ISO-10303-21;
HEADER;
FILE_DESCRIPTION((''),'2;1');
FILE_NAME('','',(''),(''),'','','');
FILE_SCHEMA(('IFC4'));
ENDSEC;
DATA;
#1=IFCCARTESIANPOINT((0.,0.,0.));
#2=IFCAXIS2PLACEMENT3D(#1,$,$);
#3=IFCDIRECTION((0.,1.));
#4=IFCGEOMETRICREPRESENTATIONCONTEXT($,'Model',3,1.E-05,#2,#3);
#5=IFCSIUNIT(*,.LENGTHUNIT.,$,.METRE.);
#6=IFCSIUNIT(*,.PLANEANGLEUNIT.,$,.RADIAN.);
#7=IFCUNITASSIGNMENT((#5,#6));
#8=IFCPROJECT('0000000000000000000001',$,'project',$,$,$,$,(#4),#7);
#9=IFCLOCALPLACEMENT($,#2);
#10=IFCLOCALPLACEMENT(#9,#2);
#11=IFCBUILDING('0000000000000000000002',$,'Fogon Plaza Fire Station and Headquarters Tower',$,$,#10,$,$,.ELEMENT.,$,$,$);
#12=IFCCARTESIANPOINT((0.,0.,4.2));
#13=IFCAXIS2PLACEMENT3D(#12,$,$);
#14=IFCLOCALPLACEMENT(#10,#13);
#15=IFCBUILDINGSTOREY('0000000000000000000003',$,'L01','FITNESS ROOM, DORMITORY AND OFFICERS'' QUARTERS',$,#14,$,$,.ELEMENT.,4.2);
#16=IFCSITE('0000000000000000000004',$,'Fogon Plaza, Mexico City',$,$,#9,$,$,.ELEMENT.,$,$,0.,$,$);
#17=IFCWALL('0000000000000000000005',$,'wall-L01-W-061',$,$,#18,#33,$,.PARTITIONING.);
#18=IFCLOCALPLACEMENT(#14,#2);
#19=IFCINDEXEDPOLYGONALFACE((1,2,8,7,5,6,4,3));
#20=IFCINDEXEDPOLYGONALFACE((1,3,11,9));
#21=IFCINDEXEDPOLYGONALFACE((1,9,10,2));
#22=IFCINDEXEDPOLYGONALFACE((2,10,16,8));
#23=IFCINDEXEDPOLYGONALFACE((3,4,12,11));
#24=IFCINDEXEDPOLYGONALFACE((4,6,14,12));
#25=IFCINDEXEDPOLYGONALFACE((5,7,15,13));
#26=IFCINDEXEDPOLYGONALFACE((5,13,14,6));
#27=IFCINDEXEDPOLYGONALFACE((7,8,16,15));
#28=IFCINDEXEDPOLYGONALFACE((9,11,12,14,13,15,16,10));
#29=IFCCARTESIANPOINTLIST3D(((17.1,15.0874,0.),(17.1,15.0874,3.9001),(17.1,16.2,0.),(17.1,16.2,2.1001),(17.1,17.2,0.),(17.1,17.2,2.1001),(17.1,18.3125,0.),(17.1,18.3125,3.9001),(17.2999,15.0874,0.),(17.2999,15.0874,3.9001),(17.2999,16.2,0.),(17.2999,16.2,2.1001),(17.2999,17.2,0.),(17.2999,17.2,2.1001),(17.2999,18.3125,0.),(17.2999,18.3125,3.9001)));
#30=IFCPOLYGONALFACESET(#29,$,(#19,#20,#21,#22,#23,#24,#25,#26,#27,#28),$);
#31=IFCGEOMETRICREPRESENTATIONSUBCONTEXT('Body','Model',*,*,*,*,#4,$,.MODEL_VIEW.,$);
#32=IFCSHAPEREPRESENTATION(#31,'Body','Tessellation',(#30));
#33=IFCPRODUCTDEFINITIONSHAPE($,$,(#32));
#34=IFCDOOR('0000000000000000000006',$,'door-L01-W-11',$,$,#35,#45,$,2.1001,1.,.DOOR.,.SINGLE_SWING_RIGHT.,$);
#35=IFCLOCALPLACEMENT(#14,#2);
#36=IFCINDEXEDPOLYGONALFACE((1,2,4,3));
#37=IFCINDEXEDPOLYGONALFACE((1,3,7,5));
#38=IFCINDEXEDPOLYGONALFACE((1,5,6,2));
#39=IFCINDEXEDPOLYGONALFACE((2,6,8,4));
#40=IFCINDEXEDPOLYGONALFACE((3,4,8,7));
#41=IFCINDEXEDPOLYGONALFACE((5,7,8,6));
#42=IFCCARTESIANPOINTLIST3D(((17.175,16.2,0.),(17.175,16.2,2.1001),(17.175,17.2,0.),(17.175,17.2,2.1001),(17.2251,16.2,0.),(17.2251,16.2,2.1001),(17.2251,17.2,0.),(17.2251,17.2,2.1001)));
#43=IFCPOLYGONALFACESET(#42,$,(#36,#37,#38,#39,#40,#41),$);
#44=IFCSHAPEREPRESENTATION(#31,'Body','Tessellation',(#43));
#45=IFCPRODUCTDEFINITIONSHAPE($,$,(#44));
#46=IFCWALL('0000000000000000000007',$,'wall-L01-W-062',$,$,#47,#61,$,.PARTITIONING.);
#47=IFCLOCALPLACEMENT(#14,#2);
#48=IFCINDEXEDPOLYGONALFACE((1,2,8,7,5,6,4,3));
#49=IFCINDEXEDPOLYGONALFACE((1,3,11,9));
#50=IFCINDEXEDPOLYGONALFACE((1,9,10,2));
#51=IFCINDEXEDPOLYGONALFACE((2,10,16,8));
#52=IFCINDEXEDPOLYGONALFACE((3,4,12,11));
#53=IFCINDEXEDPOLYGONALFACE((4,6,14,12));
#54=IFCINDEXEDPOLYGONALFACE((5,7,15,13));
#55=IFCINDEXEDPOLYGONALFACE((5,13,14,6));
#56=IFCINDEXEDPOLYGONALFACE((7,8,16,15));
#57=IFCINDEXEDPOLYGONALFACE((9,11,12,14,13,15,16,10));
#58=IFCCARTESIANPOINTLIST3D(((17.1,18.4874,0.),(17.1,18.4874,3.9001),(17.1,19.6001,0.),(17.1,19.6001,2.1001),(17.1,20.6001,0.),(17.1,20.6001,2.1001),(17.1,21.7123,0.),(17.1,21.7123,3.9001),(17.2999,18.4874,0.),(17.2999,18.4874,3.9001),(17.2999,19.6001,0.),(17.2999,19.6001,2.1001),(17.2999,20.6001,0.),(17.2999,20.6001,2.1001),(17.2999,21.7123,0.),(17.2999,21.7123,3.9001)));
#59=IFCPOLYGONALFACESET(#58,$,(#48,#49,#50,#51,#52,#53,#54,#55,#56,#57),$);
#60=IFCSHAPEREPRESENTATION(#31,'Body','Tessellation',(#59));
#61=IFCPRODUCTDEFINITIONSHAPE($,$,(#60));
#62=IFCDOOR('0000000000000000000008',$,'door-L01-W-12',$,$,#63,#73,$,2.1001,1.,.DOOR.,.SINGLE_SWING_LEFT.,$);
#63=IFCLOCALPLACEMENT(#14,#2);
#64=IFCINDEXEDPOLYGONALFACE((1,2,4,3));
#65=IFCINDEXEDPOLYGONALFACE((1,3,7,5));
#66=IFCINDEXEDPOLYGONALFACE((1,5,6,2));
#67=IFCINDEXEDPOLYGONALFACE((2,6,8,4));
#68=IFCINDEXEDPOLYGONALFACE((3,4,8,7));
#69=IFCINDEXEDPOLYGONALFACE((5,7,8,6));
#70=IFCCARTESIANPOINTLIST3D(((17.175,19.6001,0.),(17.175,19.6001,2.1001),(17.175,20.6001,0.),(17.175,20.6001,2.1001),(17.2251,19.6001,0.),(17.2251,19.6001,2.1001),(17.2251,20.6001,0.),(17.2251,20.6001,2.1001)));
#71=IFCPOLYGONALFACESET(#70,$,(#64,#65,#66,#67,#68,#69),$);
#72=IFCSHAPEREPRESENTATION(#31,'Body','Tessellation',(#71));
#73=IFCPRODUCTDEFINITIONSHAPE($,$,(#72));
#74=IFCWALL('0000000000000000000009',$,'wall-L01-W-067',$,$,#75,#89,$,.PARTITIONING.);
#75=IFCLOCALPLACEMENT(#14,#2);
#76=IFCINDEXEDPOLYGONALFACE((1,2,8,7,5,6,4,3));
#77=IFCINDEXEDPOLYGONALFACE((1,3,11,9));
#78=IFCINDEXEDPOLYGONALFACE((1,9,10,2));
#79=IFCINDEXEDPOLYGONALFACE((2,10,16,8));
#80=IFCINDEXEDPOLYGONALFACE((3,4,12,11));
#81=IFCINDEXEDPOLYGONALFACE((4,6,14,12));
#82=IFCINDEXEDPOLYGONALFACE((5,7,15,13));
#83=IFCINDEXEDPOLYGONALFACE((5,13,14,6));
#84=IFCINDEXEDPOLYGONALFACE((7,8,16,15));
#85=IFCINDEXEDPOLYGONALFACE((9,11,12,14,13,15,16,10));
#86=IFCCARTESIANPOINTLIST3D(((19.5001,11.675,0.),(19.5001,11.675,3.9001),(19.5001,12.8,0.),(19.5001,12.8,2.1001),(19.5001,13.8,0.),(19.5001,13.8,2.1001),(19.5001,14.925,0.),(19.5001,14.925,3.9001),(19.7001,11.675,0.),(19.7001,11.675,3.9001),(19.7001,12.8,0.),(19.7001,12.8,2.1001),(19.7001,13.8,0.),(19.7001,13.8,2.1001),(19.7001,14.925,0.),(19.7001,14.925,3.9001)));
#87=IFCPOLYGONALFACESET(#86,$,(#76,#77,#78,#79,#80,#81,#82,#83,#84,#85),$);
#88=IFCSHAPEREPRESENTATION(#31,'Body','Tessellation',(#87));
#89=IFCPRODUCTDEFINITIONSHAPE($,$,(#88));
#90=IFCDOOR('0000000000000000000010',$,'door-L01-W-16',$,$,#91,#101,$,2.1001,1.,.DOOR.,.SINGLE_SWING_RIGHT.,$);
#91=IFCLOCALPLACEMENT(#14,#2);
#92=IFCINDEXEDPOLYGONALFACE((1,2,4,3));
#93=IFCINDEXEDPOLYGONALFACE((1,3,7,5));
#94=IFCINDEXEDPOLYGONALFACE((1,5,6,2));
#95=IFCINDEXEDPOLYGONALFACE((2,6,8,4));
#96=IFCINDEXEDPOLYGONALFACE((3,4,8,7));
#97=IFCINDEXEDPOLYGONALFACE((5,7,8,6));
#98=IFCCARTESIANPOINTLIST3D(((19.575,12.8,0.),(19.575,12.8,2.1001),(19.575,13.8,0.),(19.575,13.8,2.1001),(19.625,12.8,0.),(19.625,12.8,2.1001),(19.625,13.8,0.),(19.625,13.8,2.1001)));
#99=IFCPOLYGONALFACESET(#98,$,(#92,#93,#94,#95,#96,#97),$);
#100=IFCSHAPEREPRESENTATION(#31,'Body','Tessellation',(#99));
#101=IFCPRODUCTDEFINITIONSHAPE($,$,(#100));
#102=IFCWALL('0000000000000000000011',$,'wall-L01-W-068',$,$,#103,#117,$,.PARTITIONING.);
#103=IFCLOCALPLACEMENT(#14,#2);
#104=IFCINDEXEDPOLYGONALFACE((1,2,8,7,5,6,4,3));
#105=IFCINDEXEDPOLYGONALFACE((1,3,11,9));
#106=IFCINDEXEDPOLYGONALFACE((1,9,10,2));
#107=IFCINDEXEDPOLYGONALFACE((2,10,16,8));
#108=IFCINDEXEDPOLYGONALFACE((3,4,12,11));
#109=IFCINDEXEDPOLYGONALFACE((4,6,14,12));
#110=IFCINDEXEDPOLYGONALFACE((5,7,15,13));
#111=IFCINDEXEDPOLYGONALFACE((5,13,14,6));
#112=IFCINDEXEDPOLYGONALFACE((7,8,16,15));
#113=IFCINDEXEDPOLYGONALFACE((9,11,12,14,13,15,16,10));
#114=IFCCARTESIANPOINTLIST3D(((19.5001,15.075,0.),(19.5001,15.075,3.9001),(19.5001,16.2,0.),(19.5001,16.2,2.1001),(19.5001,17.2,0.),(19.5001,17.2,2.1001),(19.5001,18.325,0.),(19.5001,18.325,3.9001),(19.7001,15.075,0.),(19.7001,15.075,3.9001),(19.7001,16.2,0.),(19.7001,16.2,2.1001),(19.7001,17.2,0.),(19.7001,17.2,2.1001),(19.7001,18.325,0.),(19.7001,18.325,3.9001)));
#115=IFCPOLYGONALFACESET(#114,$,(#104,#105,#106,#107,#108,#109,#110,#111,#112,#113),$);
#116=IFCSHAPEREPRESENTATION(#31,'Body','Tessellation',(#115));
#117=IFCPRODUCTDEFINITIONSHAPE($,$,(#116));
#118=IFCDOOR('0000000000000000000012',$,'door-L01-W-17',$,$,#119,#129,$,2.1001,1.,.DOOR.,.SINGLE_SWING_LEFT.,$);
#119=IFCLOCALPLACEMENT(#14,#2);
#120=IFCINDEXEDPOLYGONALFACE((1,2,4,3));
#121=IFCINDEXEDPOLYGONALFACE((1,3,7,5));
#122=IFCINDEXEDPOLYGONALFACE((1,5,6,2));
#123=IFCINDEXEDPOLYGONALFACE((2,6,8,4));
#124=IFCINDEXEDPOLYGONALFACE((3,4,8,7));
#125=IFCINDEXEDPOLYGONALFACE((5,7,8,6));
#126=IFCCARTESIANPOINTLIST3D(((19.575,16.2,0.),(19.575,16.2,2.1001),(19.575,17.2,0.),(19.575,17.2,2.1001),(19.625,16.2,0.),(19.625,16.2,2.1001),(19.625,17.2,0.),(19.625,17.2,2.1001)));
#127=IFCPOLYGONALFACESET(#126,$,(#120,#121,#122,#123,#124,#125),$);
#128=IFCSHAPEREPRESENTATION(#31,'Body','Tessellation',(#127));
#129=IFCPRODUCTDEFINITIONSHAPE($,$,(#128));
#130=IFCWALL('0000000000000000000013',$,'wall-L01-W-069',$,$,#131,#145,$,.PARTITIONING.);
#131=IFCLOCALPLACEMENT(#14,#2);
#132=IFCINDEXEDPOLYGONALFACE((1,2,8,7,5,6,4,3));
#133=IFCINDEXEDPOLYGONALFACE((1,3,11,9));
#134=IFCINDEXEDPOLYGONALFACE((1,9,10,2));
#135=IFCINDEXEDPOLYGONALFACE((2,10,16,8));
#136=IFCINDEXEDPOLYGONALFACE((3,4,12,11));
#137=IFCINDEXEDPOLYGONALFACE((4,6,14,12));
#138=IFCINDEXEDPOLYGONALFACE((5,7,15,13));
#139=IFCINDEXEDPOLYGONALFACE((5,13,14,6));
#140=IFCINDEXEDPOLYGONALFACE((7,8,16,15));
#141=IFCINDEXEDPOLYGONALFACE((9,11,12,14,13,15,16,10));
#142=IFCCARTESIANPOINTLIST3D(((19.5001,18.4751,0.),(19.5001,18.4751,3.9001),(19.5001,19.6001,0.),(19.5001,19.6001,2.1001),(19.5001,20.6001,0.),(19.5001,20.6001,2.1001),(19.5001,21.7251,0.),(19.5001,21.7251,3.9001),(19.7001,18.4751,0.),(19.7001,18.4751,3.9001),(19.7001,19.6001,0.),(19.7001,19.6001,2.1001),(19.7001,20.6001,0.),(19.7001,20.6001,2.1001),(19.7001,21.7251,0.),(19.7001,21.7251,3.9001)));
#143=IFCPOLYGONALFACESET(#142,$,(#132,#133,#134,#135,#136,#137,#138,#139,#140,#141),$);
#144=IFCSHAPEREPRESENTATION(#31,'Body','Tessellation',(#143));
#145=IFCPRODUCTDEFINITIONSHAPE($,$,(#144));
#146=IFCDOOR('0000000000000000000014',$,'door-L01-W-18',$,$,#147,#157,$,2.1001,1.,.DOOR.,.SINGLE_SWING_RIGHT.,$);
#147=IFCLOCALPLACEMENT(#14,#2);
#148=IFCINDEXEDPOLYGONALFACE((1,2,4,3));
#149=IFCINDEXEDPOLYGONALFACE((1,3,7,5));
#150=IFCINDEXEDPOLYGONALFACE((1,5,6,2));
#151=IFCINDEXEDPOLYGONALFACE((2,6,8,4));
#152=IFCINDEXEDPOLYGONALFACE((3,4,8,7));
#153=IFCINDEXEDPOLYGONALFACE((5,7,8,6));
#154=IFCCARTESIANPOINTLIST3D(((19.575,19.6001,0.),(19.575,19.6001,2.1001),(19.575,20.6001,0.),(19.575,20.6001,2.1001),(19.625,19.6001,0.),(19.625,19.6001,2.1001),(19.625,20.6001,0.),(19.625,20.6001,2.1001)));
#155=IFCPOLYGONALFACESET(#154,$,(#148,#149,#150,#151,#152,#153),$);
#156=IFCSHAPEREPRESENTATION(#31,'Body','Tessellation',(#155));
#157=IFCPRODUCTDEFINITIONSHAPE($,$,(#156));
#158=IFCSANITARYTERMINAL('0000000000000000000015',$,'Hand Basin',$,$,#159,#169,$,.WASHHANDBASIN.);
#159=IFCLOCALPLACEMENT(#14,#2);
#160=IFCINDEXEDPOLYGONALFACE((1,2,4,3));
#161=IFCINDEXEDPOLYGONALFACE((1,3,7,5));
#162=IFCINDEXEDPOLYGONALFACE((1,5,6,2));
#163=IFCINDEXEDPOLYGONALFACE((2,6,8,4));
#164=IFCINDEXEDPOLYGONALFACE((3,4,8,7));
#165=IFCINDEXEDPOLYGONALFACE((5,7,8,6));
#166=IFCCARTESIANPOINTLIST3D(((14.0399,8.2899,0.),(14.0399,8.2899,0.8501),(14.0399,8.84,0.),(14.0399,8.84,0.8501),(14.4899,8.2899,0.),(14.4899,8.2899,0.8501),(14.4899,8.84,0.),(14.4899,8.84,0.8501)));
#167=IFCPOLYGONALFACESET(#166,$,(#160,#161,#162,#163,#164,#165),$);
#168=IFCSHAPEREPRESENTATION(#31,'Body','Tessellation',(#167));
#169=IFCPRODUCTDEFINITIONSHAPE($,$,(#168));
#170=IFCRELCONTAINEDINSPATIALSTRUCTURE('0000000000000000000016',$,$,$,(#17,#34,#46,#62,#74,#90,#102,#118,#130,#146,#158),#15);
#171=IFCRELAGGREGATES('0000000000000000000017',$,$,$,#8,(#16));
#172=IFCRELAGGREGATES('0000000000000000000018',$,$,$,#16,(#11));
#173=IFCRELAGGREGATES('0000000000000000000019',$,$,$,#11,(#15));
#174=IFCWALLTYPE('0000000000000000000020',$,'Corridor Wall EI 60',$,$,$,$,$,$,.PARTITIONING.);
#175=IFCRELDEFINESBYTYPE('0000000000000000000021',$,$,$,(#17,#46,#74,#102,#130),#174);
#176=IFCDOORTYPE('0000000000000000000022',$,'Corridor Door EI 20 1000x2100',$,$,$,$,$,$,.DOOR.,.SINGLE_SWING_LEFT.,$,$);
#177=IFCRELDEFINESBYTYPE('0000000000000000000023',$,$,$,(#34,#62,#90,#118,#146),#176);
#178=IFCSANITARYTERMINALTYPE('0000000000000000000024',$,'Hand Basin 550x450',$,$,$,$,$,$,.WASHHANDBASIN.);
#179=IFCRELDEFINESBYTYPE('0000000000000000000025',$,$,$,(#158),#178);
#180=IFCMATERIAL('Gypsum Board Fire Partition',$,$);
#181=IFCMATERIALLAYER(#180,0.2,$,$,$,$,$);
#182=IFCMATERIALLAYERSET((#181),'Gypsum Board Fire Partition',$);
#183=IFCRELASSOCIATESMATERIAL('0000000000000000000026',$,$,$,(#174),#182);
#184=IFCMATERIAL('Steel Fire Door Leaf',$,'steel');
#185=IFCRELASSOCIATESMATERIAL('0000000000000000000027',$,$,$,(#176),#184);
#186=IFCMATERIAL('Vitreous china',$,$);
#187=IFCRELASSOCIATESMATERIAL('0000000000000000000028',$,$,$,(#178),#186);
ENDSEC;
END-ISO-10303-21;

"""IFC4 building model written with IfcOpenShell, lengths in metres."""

from ifc_helpers import new_model, si_unit, direction, frame, frame_2d, origin, origin_2d, place, context, subcontext, project, spatial, rectangle, extrude, material, layer, layer_set, type_object, element, fill, save


model = new_model("IFC4")

# Units and contexts
model_context = context("Model", 3, precision=1e-05, world=origin(), true_north=direction((0.0, 1.0)))
body_context = subcontext(model_context, "Body", "Model", "MODEL_VIEW")
ifc_project = project(units=[si_unit("LENGTHUNIT", "METRE"), si_unit("PLANEANGLEUNIT", "RADIAN")], contexts=[model_context])

# Site, building, storey
site_placement = place(None, origin())
site = spatial("IfcSite", under=ifc_project, at=site_placement, Name="Fogon Plaza, Mexico City", CompositionType="ELEMENT", RefElevation=0.0)
building_placement = place(site_placement, origin())
building = spatial("IfcBuilding", under=site, at=building_placement, Name="Fogon Plaza Fire Station and Headquarters Tower", CompositionType="ELEMENT")
storey_placement = place(building_placement, frame((0.0, 0.0, 4.2)))
storey = spatial("IfcBuildingStorey", under=building, at=storey_placement, Name="L01", Description="FITNESS ROOM, DORMITORY AND OFFICERS' QUARTERS", CompositionType="ELEMENT", Elevation=4.2)

# Walls, openings, doors
ifc_material_1 = material(Name="Gypsum Board Fire Partition")
ifc_layer_1 = layer(ifc_material_1, 0.2)
ifc_layer_set_1 = layer_set([ifc_layer_1], Name="Gypsum Board Fire Partition")
wall_type_1 = type_object("IfcWallType", Name="Corridor Wall EI 60", PredefinedType="PARTITIONING", material=ifc_layer_set_1)
ifc_material_2 = material(Name="Steel Fire Door Leaf", Category="steel")
door_type = type_object("IfcDoorType", Name="Corridor Door EI 20 1000x2100", OperationType="SINGLE_SWING_LEFT", PredefinedType="DOOR", material=ifc_material_2)
wall_1_placement = place(storey_placement, frame((17.2, 15.0874, 0.0), z_axis=(0.0, 0.0, 1.0), x_axis=(0.0, 1.0, 0.0)))
wall_1 = element("IfcWall", 1, at=wall_1_placement, inside=storey, type_object=wall_type_1, Name="wall-L01-W-061", PredefinedType="PARTITIONING", context=body_context, shape_type="SweptSolid", body=[
    extrude(rectangle(XDim=3.2251, YDim=0.2, at=frame_2d((1.6125, 0.0))), origin(), (0.0, 0.0, 1.0), 3.9001),
])
opening_1_placement = place(wall_1_placement, frame((1.1125, 0.0, 0.0)))
opening_1 = element("IfcOpeningElement", 2, at=opening_1_placement, cuts=wall_1, PredefinedType="OPENING", context=body_context, shape_type="SweptSolid", body=[
    extrude(rectangle(XDim=1.0, YDim=2.1001, at=frame_2d((0.5, 1.05))), frame((0.0, 0.1099, 0.0), z_axis=(0.0, -1.0, 0.0), x_axis=(1.0, 0.0, 0.0)), (0.0, 0.0, 1.0), 0.22),
])
door_1_placement = place(opening_1_placement, origin())
door_1 = element("IfcDoor", 3, at=door_1_placement, inside=storey, type_object=door_type, Name="door-L01-W-11", OperationType="SINGLE_SWING_RIGHT", OverallHeight=2.1001, OverallWidth=1.0, PredefinedType="DOOR", context=body_context, shape_type="SweptSolid", body=[
    extrude(rectangle(XDim=1.0, YDim=2.1001, at=frame_2d((0.5, 1.05))), frame((0.0, 0.0249, 0.0), z_axis=(0.0, -1.0, 0.0), x_axis=(1.0, 0.0, 0.0)), (0.0, 0.0, 1.0), 0.05),
])
fill(opening_1, door_1)
wall_2_placement = place(storey_placement, frame((17.2, 18.4875, 0.0), z_axis=(0.0, 0.0, 1.0), x_axis=(0.0, 1.0, 0.0)))
wall_2 = element("IfcWall", 4, at=wall_2_placement, inside=storey, type_object=wall_type_1, Name="wall-L01-W-062", PredefinedType="PARTITIONING", context=body_context, shape_type="SweptSolid", body=[
    extrude(rectangle(XDim=3.2249, YDim=0.2, at=frame_2d((1.6123, 0.0))), origin(), (0.0, 0.0, 1.0), 3.9001),
])
opening_2_placement = place(wall_2_placement, frame((1.1125, 0.0, 0.0)))
opening_2 = element("IfcOpeningElement", 5, at=opening_2_placement, cuts=wall_2, PredefinedType="OPENING", context=body_context, shape_type="SweptSolid", body=[
    extrude(rectangle(XDim=1.0, YDim=2.1001, at=frame_2d((0.5, 1.05))), frame((0.0, 0.1099, 0.0), z_axis=(0.0, -1.0, 0.0), x_axis=(1.0, 0.0, 0.0)), (0.0, 0.0, 1.0), 0.22),
])
door_2_placement = place(opening_2_placement, origin())
door_2 = element("IfcDoor", 6, at=door_2_placement, inside=storey, type_object=door_type, Name="door-L01-W-12", OperationType="SINGLE_SWING_LEFT", OverallHeight=2.1001, OverallWidth=1.0, PredefinedType="DOOR", context=body_context, shape_type="SweptSolid", body=[
    extrude(rectangle(XDim=1.0, YDim=2.1001, at=frame_2d((0.5, 1.05))), frame((0.0, 0.0249, 0.0), z_axis=(0.0, -1.0, 0.0), x_axis=(1.0, 0.0, 0.0)), (0.0, 0.0, 1.0), 0.05),
])
fill(opening_2, door_2)
wall_3_placement = place(storey_placement, frame((19.6001, 11.675, 0.0), z_axis=(0.0, 0.0, 1.0), x_axis=(0.0, 1.0, 0.0)))
wall_3 = element("IfcWall", 7, at=wall_3_placement, inside=storey, type_object=wall_type_1, Name="wall-L01-W-067", PredefinedType="PARTITIONING", context=body_context, shape_type="SweptSolid", body=[
    extrude(rectangle(XDim=3.25, YDim=0.2, at=frame_2d((1.625, 0.0))), origin(), (0.0, 0.0, 1.0), 3.9001),
])
opening_3_placement = place(wall_3_placement, frame((1.125, 0.0, 0.0)))
opening_3 = element("IfcOpeningElement", 8, at=opening_3_placement, cuts=wall_3, PredefinedType="OPENING", context=body_context, shape_type="SweptSolid", body=[
    extrude(rectangle(XDim=1.0, YDim=2.1001, at=frame_2d((0.5, 1.05))), frame((0.0, 0.1099, 0.0), z_axis=(0.0, -1.0, 0.0), x_axis=(1.0, 0.0, 0.0)), (0.0, 0.0, 1.0), 0.22),
])
door_3_placement = place(opening_3_placement, frame((1.0, 0.0, 0.0), z_axis=(0.0, 0.0, 1.0), x_axis=(-1.0, 0.0, 0.0)))
door_3 = element("IfcDoor", 9, at=door_3_placement, inside=storey, type_object=door_type, Name="door-L01-W-16", OperationType="SINGLE_SWING_RIGHT", OverallHeight=2.1001, OverallWidth=1.0, PredefinedType="DOOR", context=body_context, shape_type="SweptSolid", body=[
    extrude(rectangle(XDim=1.0, YDim=2.1001, at=frame_2d((0.5, 1.05))), frame((0.0, 0.0249, 0.0), z_axis=(0.0, -1.0, 0.0), x_axis=(1.0, 0.0, 0.0)), (0.0, 0.0, 1.0), 0.05),
])
fill(opening_3, door_3)
wall_4_placement = place(storey_placement, frame((19.6001, 15.075, 0.0), z_axis=(0.0, 0.0, 1.0), x_axis=(0.0, 1.0, 0.0)))
wall_4 = element("IfcWall", 10, at=wall_4_placement, inside=storey, type_object=wall_type_1, Name="wall-L01-W-068", PredefinedType="PARTITIONING", context=body_context, shape_type="SweptSolid", body=[
    extrude(rectangle(XDim=3.25, YDim=0.2, at=frame_2d((1.625, 0.0))), origin(), (0.0, 0.0, 1.0), 3.9001),
])
opening_4_placement = place(wall_4_placement, frame((1.125, 0.0, 0.0)))
opening_4 = element("IfcOpeningElement", 11, at=opening_4_placement, cuts=wall_4, PredefinedType="OPENING", context=body_context, shape_type="SweptSolid", body=[
    extrude(rectangle(XDim=1.0, YDim=2.1001, at=frame_2d((0.5, 1.05))), frame((0.0, 0.1099, 0.0), z_axis=(0.0, -1.0, 0.0), x_axis=(1.0, 0.0, 0.0)), (0.0, 0.0, 1.0), 0.22),
])
door_4_placement = place(opening_4_placement, frame((1.0, 0.0, 0.0), z_axis=(0.0, 0.0, 1.0), x_axis=(-1.0, 0.0, 0.0)))
door_4 = element("IfcDoor", 12, at=door_4_placement, inside=storey, type_object=door_type, Name="door-L01-W-17", OperationType="SINGLE_SWING_LEFT", OverallHeight=2.1001, OverallWidth=1.0, PredefinedType="DOOR", context=body_context, shape_type="SweptSolid", body=[
    extrude(rectangle(XDim=1.0, YDim=2.1001, at=frame_2d((0.5, 1.05))), frame((0.0, 0.0249, 0.0), z_axis=(0.0, -1.0, 0.0), x_axis=(1.0, 0.0, 0.0)), (0.0, 0.0, 1.0), 0.05),
])
fill(opening_4, door_4)
wall_5_placement = place(storey_placement, frame((19.6001, 18.4751, 0.0), z_axis=(0.0, 0.0, 1.0), x_axis=(0.0, 1.0, 0.0)))
wall_5 = element("IfcWall", 13, at=wall_5_placement, inside=storey, type_object=wall_type_1, Name="wall-L01-W-069", PredefinedType="PARTITIONING", context=body_context, shape_type="SweptSolid", body=[
    extrude(rectangle(XDim=3.25, YDim=0.2, at=frame_2d((1.625, 0.0))), origin(), (0.0, 0.0, 1.0), 3.9001),
])
opening_5_placement = place(wall_5_placement, frame((1.125, 0.0, 0.0)))
opening_5 = element("IfcOpeningElement", 14, at=opening_5_placement, cuts=wall_5, PredefinedType="OPENING", context=body_context, shape_type="SweptSolid", body=[
    extrude(rectangle(XDim=1.0, YDim=2.1001, at=frame_2d((0.5, 1.05))), frame((0.0, 0.1099, 0.0), z_axis=(0.0, -1.0, 0.0), x_axis=(1.0, 0.0, 0.0)), (0.0, 0.0, 1.0), 0.22),
])
door_5_placement = place(opening_5_placement, frame((1.0, 0.0, 0.0), z_axis=(0.0, 0.0, 1.0), x_axis=(-1.0, 0.0, 0.0)))
door_5 = element("IfcDoor", 15, at=door_5_placement, inside=storey, type_object=door_type, Name="door-L01-W-18", OperationType="SINGLE_SWING_RIGHT", OverallHeight=2.1001, OverallWidth=1.0, PredefinedType="DOOR", context=body_context, shape_type="SweptSolid", body=[
    extrude(rectangle(XDim=1.0, YDim=2.1001, at=frame_2d((0.5, 1.05))), frame((0.0, 0.0249, 0.0), z_axis=(0.0, -1.0, 0.0), x_axis=(1.0, 0.0, 0.0)), (0.0, 0.0, 1.0), 0.05),
])
fill(opening_5, door_5)

# Sanitary terminal
ifc_material_3 = material(Name="Vitreous china")
sanitary_terminal_type_1 = type_object("IfcSanitaryTerminalType", Name="Hand Basin 550x450", PredefinedType="WASHHANDBASIN", material=ifc_material_3)
for number, where, z_axis, x_axis, name in (
    (16, (14.2649, 8.5649, 0.0), (0.0, 0.0, 1.0), (1.0, 0.0, 0.0), "Hand Basin"),
):
    element("IfcSanitaryTerminal", number, at=place(storey_placement, frame(where, z_axis=z_axis, x_axis=x_axis)), inside=storey, type_object=sanitary_terminal_type_1, Name=name, PredefinedType="WASHHANDBASIN", context=body_context, shape_type="SweptSolid", body=[
        extrude(rectangle(XDim=0.45, YDim=0.55, at=origin_2d()), origin(), (0.0, 0.0, 1.0), 0.8501),
    ])

save(model, "model.ifc")
